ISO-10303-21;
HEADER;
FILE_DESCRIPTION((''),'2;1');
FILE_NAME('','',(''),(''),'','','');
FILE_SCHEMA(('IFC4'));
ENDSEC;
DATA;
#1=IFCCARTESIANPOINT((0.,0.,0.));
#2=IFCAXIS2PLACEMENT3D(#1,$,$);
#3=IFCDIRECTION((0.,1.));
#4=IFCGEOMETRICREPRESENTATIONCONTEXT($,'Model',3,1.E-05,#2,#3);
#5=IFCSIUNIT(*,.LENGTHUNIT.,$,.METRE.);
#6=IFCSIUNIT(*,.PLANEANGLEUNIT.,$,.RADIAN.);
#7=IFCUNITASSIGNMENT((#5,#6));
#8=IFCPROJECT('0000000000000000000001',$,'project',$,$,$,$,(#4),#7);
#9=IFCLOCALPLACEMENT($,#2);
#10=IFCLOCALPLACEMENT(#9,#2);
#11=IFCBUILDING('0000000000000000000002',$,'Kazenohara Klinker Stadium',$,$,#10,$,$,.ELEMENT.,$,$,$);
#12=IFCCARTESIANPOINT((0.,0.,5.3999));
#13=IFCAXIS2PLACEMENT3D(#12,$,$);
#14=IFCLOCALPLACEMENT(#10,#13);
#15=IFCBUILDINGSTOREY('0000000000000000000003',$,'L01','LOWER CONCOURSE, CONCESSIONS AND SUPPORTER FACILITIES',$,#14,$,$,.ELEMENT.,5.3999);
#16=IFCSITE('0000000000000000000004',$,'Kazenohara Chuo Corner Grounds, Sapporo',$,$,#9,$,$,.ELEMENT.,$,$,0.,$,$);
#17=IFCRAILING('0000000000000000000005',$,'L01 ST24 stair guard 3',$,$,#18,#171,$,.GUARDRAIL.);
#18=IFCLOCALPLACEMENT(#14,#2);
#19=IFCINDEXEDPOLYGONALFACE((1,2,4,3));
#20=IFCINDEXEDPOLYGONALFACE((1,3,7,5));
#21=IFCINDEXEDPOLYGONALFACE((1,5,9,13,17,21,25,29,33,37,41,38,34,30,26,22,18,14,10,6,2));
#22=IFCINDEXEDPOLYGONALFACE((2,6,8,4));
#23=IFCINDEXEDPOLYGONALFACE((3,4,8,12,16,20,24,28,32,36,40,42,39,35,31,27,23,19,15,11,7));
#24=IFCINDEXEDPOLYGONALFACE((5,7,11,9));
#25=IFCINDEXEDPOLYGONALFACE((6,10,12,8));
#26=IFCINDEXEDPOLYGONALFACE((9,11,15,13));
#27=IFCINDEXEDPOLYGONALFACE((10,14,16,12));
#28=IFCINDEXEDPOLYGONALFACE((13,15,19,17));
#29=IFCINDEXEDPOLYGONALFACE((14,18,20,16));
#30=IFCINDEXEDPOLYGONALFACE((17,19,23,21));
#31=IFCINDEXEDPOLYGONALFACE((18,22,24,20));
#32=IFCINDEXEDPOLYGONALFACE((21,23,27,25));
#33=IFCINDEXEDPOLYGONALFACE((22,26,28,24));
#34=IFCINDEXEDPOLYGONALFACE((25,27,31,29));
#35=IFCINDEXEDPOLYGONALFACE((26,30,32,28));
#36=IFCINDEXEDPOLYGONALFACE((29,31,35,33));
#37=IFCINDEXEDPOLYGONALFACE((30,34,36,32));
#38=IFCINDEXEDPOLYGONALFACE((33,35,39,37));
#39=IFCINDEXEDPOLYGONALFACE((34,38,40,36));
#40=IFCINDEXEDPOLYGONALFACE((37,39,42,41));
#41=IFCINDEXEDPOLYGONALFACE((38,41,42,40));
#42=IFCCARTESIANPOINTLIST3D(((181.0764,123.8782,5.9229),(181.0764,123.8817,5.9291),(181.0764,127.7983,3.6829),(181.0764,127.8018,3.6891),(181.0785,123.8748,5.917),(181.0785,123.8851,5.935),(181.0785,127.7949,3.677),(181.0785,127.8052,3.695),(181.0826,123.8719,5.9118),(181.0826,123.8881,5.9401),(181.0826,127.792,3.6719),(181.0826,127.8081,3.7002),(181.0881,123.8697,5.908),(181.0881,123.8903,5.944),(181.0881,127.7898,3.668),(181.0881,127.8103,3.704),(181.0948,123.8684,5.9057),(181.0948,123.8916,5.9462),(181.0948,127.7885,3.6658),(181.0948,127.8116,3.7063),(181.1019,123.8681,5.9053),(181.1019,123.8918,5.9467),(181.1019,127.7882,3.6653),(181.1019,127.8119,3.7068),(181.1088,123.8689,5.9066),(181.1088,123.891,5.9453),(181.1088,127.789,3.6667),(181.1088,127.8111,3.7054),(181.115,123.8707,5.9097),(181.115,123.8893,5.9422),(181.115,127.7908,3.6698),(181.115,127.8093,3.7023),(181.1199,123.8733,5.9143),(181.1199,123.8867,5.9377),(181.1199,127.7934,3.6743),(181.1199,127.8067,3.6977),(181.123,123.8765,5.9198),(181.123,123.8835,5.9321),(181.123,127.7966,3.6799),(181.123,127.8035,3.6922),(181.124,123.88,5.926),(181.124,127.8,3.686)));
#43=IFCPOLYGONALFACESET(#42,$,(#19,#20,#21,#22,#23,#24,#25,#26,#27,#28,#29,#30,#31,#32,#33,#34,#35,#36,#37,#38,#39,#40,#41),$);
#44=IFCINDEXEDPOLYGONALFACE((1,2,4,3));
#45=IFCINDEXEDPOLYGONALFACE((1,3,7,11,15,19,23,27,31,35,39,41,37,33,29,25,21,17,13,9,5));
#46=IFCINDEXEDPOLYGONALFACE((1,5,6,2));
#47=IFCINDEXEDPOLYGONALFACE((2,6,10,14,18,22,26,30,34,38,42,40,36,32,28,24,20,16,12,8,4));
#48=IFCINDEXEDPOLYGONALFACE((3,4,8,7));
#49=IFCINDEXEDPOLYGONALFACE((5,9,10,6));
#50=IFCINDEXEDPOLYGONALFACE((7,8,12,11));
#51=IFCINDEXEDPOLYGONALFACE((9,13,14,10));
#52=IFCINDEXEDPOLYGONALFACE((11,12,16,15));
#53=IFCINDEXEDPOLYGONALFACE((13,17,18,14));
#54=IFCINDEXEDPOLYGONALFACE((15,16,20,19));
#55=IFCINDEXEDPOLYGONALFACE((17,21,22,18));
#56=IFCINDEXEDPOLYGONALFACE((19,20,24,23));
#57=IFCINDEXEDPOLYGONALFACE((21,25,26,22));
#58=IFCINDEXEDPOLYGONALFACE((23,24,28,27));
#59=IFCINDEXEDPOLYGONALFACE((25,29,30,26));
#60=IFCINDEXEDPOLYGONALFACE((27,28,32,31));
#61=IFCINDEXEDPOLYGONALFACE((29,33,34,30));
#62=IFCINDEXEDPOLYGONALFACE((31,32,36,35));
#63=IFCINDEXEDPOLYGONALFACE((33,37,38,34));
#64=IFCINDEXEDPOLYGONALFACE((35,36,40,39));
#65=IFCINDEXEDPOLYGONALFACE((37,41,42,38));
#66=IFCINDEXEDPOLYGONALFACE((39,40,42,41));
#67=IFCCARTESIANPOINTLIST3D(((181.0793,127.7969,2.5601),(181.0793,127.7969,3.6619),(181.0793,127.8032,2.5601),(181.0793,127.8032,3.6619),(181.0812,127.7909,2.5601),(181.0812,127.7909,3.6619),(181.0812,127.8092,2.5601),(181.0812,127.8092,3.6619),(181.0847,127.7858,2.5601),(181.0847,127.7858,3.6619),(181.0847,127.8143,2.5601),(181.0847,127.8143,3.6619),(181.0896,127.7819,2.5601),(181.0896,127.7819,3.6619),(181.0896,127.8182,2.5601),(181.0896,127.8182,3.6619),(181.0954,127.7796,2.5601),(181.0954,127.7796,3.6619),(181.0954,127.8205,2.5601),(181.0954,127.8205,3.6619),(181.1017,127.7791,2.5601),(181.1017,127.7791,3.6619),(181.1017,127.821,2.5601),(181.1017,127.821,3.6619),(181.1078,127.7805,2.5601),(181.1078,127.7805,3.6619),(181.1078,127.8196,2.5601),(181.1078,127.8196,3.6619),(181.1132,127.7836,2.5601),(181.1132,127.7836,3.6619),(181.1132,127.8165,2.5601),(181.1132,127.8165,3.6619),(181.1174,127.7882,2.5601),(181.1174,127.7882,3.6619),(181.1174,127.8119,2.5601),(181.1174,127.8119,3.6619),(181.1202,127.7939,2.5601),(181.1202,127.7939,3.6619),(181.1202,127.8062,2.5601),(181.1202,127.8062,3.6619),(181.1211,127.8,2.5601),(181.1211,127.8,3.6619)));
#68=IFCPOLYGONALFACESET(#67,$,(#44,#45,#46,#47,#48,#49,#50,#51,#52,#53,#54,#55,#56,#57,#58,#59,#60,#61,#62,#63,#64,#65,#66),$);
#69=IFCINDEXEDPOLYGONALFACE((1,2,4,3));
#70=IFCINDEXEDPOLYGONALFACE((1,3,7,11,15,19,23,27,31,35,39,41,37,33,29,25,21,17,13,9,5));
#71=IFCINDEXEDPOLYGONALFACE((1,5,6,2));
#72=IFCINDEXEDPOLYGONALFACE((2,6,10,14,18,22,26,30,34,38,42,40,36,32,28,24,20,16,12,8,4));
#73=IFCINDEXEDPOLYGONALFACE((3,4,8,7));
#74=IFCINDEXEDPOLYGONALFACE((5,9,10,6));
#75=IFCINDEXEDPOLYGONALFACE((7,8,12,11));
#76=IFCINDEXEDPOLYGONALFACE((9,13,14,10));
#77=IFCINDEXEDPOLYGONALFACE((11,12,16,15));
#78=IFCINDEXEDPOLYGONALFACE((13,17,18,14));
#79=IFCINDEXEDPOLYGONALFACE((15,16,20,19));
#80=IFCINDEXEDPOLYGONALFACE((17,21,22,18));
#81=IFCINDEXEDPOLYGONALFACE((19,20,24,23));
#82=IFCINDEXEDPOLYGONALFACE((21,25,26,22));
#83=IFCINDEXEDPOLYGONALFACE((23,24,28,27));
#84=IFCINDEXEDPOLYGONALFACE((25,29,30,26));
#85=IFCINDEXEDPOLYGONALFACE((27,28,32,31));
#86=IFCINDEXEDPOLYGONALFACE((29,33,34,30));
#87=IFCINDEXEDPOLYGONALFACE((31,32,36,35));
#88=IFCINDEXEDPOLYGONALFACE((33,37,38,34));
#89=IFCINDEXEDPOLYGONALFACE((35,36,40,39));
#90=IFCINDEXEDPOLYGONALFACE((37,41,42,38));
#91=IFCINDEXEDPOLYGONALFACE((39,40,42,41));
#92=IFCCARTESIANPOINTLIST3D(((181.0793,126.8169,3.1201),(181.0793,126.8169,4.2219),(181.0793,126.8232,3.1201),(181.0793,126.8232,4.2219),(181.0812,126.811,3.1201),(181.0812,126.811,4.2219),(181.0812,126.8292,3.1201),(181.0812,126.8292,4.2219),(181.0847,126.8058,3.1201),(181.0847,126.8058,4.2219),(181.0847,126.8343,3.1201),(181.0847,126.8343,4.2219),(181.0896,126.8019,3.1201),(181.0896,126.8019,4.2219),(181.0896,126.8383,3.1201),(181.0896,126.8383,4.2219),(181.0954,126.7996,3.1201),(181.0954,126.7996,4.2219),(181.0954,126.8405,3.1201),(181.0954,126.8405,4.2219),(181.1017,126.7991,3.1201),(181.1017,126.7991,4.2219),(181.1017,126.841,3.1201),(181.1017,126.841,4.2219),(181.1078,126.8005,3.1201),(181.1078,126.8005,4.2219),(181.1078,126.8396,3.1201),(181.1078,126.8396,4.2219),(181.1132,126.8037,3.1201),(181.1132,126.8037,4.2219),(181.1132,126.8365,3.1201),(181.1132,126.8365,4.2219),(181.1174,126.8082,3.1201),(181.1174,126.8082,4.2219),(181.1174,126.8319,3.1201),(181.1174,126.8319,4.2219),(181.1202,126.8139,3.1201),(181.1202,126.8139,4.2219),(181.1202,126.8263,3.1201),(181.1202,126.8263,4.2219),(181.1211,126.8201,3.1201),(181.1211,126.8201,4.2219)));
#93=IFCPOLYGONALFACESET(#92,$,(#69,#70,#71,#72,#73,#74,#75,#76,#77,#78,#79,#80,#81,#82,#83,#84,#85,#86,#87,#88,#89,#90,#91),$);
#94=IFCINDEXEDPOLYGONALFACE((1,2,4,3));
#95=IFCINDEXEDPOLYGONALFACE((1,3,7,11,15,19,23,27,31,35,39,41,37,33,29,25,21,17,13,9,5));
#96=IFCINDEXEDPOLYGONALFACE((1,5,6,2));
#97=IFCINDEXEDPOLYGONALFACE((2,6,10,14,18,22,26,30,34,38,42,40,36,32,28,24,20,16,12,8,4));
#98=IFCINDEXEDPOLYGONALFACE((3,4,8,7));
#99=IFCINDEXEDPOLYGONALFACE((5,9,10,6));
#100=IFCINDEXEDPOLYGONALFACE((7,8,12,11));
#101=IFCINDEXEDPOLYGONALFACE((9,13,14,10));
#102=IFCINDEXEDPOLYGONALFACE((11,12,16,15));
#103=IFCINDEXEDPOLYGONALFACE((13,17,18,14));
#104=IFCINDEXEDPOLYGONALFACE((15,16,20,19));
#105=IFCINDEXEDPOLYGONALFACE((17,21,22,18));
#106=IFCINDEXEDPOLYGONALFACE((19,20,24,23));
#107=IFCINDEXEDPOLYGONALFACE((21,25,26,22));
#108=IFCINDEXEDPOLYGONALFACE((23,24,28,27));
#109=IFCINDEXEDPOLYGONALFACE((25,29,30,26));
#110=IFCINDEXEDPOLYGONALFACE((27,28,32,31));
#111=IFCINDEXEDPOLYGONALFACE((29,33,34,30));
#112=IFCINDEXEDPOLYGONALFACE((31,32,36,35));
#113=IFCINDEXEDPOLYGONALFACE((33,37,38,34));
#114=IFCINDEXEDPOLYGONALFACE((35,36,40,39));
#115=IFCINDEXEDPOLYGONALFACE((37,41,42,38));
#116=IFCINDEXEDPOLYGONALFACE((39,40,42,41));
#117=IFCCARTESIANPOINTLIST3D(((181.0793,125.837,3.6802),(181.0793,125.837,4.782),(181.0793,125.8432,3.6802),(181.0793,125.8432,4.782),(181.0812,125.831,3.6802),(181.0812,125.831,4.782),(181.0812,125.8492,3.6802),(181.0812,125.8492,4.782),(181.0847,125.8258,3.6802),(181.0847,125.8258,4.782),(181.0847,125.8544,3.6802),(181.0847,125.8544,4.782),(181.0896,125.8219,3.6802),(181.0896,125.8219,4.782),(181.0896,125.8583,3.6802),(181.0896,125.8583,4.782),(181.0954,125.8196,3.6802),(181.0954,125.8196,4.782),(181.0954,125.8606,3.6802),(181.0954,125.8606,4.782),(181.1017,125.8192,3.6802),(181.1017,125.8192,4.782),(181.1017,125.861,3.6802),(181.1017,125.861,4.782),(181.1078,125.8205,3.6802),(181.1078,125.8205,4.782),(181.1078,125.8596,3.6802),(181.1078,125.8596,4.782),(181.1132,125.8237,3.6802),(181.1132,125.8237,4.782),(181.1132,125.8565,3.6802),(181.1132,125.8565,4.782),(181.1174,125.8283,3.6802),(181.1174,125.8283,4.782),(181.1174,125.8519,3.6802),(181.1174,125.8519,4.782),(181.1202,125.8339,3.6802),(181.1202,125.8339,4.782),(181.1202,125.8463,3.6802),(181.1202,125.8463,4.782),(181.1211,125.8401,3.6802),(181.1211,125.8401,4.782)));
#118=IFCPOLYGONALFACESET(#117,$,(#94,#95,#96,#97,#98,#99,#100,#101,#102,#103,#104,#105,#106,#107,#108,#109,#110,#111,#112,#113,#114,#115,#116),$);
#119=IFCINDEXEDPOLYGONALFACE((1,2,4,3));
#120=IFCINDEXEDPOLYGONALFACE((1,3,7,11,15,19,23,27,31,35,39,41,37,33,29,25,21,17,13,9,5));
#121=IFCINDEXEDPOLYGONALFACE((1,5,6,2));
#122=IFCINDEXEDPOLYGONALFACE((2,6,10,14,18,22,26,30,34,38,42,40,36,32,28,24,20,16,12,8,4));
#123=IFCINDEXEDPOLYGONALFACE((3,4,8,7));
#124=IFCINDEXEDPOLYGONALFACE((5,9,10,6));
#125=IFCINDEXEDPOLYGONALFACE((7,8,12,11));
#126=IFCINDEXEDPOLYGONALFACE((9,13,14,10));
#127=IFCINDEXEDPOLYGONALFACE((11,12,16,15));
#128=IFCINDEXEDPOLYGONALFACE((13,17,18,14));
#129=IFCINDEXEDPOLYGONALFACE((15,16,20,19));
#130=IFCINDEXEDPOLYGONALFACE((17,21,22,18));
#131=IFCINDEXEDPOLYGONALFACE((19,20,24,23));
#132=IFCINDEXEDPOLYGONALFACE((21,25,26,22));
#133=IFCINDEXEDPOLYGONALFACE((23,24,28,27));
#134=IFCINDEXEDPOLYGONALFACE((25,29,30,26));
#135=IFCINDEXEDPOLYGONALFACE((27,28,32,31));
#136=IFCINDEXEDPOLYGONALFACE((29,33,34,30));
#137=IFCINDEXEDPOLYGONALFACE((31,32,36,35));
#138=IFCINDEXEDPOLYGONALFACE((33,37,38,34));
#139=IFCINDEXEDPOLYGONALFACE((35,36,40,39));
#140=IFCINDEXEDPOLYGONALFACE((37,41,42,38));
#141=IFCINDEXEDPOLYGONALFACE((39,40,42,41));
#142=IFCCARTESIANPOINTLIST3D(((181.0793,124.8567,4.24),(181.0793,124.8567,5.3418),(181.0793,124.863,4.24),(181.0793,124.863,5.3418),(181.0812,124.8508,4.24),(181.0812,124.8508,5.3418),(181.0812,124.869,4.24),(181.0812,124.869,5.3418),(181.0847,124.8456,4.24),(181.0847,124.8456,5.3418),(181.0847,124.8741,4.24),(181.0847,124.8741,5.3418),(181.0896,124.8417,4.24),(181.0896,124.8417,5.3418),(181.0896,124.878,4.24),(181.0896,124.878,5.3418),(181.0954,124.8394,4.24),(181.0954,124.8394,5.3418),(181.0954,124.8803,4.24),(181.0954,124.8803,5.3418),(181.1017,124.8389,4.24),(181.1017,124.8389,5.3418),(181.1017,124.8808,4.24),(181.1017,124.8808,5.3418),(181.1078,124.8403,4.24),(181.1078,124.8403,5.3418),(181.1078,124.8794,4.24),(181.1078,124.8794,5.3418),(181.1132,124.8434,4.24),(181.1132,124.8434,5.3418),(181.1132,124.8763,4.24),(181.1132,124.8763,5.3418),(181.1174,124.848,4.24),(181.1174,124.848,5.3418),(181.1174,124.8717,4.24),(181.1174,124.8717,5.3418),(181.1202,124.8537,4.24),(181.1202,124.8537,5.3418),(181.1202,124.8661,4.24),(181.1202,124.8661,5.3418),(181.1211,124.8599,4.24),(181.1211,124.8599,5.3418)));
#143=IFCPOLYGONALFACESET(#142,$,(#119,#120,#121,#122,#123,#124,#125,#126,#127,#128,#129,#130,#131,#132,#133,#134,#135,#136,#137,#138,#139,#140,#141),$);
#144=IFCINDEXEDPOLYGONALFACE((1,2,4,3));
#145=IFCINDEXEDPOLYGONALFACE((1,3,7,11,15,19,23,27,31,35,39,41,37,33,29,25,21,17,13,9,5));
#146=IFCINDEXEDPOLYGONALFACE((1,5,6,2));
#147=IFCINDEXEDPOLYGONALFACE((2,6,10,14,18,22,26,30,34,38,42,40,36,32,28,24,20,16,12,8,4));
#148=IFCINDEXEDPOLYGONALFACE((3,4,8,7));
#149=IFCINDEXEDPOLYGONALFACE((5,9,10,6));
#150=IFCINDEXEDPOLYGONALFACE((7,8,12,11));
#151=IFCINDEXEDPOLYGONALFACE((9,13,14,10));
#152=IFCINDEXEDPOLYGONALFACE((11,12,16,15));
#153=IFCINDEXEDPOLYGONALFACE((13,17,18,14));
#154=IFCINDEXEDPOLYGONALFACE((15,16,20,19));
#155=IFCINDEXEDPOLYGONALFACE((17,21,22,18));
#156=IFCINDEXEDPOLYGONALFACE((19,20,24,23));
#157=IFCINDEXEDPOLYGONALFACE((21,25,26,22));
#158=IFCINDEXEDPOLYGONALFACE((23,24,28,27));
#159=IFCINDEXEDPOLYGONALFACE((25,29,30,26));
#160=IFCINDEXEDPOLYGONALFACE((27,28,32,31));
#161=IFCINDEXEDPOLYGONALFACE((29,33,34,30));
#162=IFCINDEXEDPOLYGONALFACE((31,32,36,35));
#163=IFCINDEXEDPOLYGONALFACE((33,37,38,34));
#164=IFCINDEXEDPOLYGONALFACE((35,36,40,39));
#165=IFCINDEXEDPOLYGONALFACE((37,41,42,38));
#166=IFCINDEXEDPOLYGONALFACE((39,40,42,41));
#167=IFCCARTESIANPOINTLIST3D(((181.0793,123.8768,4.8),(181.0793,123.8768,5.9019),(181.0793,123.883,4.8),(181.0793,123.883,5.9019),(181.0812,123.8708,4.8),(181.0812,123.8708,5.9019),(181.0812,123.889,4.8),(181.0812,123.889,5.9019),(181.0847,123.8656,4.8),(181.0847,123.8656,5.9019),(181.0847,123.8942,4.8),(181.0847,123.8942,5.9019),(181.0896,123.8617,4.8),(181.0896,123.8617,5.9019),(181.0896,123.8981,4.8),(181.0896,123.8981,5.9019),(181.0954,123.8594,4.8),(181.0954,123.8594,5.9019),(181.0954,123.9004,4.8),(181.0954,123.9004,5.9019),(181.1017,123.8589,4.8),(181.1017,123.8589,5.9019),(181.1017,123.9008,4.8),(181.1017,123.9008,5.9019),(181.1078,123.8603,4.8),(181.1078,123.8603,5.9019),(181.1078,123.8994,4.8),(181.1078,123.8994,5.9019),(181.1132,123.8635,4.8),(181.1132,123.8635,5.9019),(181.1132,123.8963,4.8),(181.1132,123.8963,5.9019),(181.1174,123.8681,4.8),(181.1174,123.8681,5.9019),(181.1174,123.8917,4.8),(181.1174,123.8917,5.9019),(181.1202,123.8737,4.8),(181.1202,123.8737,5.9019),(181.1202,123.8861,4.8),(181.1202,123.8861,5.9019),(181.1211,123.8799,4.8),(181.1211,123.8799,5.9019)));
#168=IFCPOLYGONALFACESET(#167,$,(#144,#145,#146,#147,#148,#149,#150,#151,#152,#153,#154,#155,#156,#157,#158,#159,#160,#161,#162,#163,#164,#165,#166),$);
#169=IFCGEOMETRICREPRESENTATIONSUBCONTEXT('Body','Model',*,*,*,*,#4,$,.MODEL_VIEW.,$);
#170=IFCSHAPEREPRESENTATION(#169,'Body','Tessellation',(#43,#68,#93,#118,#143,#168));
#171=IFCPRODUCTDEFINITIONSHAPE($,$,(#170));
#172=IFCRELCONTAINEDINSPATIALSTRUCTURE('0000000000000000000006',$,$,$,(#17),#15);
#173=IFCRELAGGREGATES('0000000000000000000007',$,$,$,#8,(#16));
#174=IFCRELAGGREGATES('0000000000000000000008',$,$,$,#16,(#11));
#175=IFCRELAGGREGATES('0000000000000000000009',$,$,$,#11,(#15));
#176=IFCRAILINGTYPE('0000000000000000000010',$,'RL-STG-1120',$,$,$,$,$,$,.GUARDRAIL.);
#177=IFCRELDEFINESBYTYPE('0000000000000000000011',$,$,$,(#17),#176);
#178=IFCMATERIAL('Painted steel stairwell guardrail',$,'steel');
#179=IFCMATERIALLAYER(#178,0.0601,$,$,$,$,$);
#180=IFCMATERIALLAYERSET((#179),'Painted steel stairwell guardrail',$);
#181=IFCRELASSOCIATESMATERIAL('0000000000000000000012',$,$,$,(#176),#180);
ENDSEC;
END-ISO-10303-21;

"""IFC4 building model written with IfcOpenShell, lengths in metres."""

from ifc_helpers import new_model, si_unit, direction, frame, origin, origin_2d, place, context, subcontext, project, spatial, circle, extrude, material, layer, layer_set, type_object, element, save


model = new_model("IFC4")

# Units and contexts
model_context = context("Model", 3, precision=1e-05, world=origin(), true_north=direction((0.0, 1.0)))
body_context = subcontext(model_context, "Body", "Model", "MODEL_VIEW")
ifc_project = project(units=[si_unit("LENGTHUNIT", "METRE"), si_unit("PLANEANGLEUNIT", "RADIAN")], contexts=[model_context])

# Site, building, storey
site_placement = place(None, origin())
site = spatial("IfcSite", under=ifc_project, at=site_placement, Name="Kazenohara Chuo Corner Grounds, Sapporo", CompositionType="ELEMENT", RefElevation=0.0)
building_placement = place(site_placement, origin())
building = spatial("IfcBuilding", under=site, at=building_placement, Name="Kazenohara Klinker Stadium", CompositionType="ELEMENT")
storey_placement = place(building_placement, frame((0.0, 0.0, 5.3999)))
storey = spatial("IfcBuildingStorey", under=building, at=storey_placement, Name="L01", Description="LOWER CONCOURSE, CONCESSIONS AND SUPPORTER FACILITIES", CompositionType="ELEMENT", Elevation=5.3999)

# Railing
ifc_material_1 = material(Name="Painted steel stairwell guardrail", Category="steel")
ifc_layer_1 = layer(ifc_material_1, 0.0601)
ifc_layer_set_1 = layer_set([ifc_layer_1], Name="Painted steel stairwell guardrail")
railing_type_1 = type_object("IfcRailingType", Name="RL-STG-1120", PredefinedType="GUARDRAIL", material=ifc_layer_set_1)
railing_1_placement = place(storey_placement, frame((181.1001, 127.8, 2.5601)))
element("IfcRailing", 1, at=railing_1_placement, inside=storey, type_object=railing_type_1, Name="L01 ST24 stair guard 3", PredefinedType="GUARDRAIL", context=body_context, shape_type="SweptSolid", body=[
    extrude(circle(Radius=0.0239, at=origin_2d()), frame((0.0, 0.0, 1.126), z_axis=(0.0, -0.868253, 0.496121), x_axis=(1.0, 0.0, 0.0)), (0.0, 0.0, 1.0), 4.5149),
    extrude(circle(Radius=0.021, at=origin_2d()), origin(), (0.0, 0.0, 1.0), 1.1018),
    extrude(circle(Radius=0.021, at=origin_2d()), frame((0.0, -0.98, 0.5601)), (0.0, 0.0, 1.0), 1.1018),
    extrude(circle(Radius=0.021, at=origin_2d()), frame((0.0, -1.96, 1.1201)), (0.0, 0.0, 1.0), 1.1018),
    extrude(circle(Radius=0.021, at=origin_2d()), frame((0.0, -2.9402, 1.6799)), (0.0, 0.0, 1.0), 1.1018),
    extrude(circle(Radius=0.021, at=origin_2d()), frame((0.0, -3.9202, 2.24)), (0.0, 0.0, 1.0), 1.1018),
])

save(model, "model.ifc")
